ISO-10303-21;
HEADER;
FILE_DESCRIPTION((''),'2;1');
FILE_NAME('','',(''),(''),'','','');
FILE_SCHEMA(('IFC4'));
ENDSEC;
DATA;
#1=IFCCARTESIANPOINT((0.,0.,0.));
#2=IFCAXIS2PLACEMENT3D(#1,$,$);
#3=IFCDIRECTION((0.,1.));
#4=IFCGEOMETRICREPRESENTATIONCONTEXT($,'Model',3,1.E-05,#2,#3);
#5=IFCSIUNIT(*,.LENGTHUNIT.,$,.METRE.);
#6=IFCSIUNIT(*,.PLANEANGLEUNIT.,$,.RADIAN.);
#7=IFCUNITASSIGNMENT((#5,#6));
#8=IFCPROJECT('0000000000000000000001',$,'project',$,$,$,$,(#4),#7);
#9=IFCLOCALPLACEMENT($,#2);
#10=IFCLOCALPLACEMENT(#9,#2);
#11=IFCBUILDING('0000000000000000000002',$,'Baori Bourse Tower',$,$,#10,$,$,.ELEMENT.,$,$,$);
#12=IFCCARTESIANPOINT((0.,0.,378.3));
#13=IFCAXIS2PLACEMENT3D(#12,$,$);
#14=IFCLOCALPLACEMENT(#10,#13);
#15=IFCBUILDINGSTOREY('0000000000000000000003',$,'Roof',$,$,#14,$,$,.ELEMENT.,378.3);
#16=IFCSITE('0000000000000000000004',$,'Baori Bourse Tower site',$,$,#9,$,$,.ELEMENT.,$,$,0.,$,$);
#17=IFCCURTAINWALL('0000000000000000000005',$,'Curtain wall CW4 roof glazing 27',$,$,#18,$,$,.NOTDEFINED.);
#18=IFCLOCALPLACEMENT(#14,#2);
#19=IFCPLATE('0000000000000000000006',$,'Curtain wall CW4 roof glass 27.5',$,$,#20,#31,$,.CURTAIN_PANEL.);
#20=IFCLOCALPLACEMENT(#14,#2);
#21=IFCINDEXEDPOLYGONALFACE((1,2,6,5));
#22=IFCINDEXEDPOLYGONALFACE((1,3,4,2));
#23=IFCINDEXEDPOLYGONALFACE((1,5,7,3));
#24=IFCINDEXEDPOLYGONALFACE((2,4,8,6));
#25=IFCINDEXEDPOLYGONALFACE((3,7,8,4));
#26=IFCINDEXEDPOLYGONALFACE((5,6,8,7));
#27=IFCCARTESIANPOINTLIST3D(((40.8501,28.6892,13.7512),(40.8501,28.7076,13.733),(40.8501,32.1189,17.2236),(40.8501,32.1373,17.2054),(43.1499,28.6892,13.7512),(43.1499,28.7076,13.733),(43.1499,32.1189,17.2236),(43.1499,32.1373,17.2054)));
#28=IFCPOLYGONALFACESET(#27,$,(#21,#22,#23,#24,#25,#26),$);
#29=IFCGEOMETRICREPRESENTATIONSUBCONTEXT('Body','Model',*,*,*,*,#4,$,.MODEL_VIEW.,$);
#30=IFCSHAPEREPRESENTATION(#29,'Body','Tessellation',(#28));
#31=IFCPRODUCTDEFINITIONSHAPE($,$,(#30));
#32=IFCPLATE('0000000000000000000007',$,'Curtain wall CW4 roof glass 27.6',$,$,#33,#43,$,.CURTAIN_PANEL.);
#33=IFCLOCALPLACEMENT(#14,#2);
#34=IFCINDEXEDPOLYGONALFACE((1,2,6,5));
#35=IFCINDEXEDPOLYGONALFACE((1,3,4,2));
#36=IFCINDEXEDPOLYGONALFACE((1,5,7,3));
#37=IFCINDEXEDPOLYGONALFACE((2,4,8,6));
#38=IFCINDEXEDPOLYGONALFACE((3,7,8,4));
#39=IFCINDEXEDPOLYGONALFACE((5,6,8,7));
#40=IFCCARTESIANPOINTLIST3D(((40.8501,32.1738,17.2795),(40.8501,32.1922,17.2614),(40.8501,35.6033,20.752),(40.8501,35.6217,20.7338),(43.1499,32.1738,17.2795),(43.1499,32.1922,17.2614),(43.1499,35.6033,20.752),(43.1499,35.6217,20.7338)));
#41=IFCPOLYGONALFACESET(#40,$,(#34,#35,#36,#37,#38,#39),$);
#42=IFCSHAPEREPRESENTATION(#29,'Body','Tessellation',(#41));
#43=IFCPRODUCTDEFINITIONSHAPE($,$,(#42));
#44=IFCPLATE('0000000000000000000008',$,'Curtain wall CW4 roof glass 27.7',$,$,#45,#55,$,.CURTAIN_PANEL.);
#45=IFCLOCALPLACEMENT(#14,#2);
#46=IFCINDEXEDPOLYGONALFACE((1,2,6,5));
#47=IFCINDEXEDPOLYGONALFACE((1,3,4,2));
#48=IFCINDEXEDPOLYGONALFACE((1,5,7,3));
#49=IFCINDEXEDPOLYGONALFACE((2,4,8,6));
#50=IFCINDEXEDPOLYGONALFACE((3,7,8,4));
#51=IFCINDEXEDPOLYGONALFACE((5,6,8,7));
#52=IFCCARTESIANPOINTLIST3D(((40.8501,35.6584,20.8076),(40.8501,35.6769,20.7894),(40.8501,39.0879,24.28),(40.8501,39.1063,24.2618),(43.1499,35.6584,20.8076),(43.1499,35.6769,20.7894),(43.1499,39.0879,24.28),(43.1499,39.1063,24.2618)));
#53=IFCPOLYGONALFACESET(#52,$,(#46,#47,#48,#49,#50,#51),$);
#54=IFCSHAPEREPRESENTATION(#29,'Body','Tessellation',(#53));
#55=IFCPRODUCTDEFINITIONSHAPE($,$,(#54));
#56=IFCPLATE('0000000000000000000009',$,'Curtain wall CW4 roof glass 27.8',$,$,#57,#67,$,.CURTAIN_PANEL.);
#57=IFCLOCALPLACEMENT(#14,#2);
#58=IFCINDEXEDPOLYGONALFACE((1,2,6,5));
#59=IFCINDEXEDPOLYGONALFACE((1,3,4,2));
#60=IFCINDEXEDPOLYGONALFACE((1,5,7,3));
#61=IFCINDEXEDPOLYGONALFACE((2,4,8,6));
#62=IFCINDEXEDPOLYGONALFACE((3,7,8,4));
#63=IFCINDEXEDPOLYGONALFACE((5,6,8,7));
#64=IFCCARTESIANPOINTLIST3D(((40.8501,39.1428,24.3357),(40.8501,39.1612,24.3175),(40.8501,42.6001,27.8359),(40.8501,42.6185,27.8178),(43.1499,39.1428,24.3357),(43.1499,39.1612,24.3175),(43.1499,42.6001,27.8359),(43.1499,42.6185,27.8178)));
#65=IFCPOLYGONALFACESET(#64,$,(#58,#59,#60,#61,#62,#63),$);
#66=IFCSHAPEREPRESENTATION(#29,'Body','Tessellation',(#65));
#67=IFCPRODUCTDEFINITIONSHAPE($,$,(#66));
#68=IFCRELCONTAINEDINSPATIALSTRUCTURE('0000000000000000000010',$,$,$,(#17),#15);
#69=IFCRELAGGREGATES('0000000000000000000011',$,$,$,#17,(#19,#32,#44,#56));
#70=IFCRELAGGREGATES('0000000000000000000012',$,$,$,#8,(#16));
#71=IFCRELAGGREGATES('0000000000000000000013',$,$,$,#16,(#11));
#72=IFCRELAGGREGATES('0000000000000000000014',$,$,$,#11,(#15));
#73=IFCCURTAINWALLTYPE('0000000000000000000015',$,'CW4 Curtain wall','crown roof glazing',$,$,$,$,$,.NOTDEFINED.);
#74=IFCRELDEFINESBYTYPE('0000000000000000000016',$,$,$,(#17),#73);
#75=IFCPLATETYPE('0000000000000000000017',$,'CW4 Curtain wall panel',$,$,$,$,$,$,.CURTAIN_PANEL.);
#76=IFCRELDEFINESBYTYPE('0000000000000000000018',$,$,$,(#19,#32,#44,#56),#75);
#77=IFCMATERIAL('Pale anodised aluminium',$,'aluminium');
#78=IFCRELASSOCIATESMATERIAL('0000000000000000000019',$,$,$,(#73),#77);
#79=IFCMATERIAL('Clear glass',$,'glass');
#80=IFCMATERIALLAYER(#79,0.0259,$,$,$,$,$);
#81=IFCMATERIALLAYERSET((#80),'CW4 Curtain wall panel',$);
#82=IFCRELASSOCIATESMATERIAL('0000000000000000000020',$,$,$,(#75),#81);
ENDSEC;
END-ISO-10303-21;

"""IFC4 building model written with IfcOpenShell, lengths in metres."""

from ifc_helpers import new_model, si_unit, direction, frame, origin, place, context, subcontext, project, spatial, polyline, outline, extrude, material, layer, layer_set, type_object, element, aggregate, save


model = new_model("IFC4")

# Units and contexts
model_context = context("Model", 3, precision=1e-05, world=origin(), true_north=direction((0.0, 1.0)))
body_context = subcontext(model_context, "Body", "Model", "MODEL_VIEW")
ifc_project = project(units=[si_unit("LENGTHUNIT", "METRE"), si_unit("PLANEANGLEUNIT", "RADIAN")], contexts=[model_context])

# Site, building, storey
site_placement = place(None, origin())
site = spatial("IfcSite", under=ifc_project, at=site_placement, Name="Baori Bourse Tower site", CompositionType="ELEMENT", RefElevation=0.0)
building_placement = place(site_placement, origin())
building = spatial("IfcBuilding", under=site, at=building_placement, Name="Baori Bourse Tower", CompositionType="ELEMENT")
storey_placement = place(building_placement, frame((0.0, 0.0, 378.3)))
storey = spatial("IfcBuildingStorey", under=building, at=storey_placement, Name="Roof", CompositionType="ELEMENT", Elevation=378.3)

# Curtain wall
ifc_material_1 = material(Name="Pale anodised aluminium", Category="aluminium")
curtain_wall_type_1 = type_object("IfcCurtainWallType", Name="CW4 Curtain wall", Description="crown roof glazing", PredefinedType="NOTDEFINED", material=ifc_material_1)
curtain_wall_1_placement = place(storey_placement, origin())
curtain_wall_1 = element("IfcCurtainWall", 1, at=curtain_wall_1_placement, inside=storey, type_object=curtain_wall_type_1, Name="Curtain wall CW4 roof glazing 27", PredefinedType="NOTDEFINED")

# Plates
ifc_material_2 = material(Name="Clear glass", Category="glass")
ifc_layer_1 = layer(ifc_material_2, 0.0259)
ifc_layer_set_1 = layer_set([ifc_layer_1], Name="CW4 Curtain wall panel")
plate_type_1 = type_object("IfcPlateType", Name="CW4 Curtain wall panel", PredefinedType="CURTAIN_PANEL", material=ifc_layer_set_1)
plate_1_placement = place(storey_placement, frame((40.8501, 28.6892, 13.7512), z_axis=(0.0, -0.71147, 0.702716), x_axis=(1.0, 0.0, 0.0)))
plate_1 = element("IfcPlate", 2, at=plate_1_placement, type_object=plate_type_1, Name="Curtain wall CW4 roof glass 27.5", PredefinedType="CURTAIN_PANEL", context=body_context, shape_type="SweptSolid", body=[
    extrude(outline(polyline([(0.0, 0.0), (2.2998, 0.0), (2.2998, 4.8806), (0.0, 4.8806), (0.0, 0.0)])), origin(), (0.0, 0.0, -1.0), 0.0259),
])
plate_2_placement = place(storey_placement, frame((40.8501, 32.1738, 17.2795), z_axis=(0.0, -0.711495, 0.702691), x_axis=(1.0, 0.0, 0.0)))
plate_2 = element("IfcPlate", 3, at=plate_2_placement, type_object=plate_type_1, Name="Curtain wall CW4 roof glass 27.6", PredefinedType="CURTAIN_PANEL", context=body_context, shape_type="SweptSolid", body=[
    extrude(outline(polyline([(0.0, 0.0), (2.2998, 0.0), (2.2998, 4.8804), (0.0, 4.8804), (0.0, 0.0)])), origin(), (0.0, 0.0, -1.0), 0.0259),
])
plate_3_placement = place(storey_placement, frame((40.8501, 35.6584, 20.8076), z_axis=(0.0, -0.711495, 0.702691), x_axis=(1.0, 0.0, 0.0)))
plate_3 = element("IfcPlate", 4, at=plate_3_placement, type_object=plate_type_1, Name="Curtain wall CW4 roof glass 27.7", PredefinedType="CURTAIN_PANEL", context=body_context, shape_type="SweptSolid", body=[
    extrude(outline(polyline([(0.0, 0.0), (2.2998, 0.0), (2.2998, 4.8804), (0.0, 4.8804), (0.0, 0.0)])), origin(), (0.0, 0.0, -1.0), 0.0259),
])
plate_4_placement = place(storey_placement, frame((40.8501, 39.1428, 24.3357), z_axis=(0.0, -0.71146, 0.702726), x_axis=(1.0, 0.0, 0.0)))
plate_4 = element("IfcPlate", 5, at=plate_4_placement, type_object=plate_type_1, Name="Curtain wall CW4 roof glass 27.8", PredefinedType="CURTAIN_PANEL", context=body_context, shape_type="SweptSolid", body=[
    extrude(outline(polyline([(0.0, 0.0), (2.2998, 0.0), (2.2998, 4.9198), (0.0, 4.9198), (0.0, 0.0)])), origin(), (0.0, 0.0, -1.0), 0.0259),
])
aggregate(curtain_wall_1, [plate_1, plate_2, plate_3, plate_4])

save(model, "model.ifc")
